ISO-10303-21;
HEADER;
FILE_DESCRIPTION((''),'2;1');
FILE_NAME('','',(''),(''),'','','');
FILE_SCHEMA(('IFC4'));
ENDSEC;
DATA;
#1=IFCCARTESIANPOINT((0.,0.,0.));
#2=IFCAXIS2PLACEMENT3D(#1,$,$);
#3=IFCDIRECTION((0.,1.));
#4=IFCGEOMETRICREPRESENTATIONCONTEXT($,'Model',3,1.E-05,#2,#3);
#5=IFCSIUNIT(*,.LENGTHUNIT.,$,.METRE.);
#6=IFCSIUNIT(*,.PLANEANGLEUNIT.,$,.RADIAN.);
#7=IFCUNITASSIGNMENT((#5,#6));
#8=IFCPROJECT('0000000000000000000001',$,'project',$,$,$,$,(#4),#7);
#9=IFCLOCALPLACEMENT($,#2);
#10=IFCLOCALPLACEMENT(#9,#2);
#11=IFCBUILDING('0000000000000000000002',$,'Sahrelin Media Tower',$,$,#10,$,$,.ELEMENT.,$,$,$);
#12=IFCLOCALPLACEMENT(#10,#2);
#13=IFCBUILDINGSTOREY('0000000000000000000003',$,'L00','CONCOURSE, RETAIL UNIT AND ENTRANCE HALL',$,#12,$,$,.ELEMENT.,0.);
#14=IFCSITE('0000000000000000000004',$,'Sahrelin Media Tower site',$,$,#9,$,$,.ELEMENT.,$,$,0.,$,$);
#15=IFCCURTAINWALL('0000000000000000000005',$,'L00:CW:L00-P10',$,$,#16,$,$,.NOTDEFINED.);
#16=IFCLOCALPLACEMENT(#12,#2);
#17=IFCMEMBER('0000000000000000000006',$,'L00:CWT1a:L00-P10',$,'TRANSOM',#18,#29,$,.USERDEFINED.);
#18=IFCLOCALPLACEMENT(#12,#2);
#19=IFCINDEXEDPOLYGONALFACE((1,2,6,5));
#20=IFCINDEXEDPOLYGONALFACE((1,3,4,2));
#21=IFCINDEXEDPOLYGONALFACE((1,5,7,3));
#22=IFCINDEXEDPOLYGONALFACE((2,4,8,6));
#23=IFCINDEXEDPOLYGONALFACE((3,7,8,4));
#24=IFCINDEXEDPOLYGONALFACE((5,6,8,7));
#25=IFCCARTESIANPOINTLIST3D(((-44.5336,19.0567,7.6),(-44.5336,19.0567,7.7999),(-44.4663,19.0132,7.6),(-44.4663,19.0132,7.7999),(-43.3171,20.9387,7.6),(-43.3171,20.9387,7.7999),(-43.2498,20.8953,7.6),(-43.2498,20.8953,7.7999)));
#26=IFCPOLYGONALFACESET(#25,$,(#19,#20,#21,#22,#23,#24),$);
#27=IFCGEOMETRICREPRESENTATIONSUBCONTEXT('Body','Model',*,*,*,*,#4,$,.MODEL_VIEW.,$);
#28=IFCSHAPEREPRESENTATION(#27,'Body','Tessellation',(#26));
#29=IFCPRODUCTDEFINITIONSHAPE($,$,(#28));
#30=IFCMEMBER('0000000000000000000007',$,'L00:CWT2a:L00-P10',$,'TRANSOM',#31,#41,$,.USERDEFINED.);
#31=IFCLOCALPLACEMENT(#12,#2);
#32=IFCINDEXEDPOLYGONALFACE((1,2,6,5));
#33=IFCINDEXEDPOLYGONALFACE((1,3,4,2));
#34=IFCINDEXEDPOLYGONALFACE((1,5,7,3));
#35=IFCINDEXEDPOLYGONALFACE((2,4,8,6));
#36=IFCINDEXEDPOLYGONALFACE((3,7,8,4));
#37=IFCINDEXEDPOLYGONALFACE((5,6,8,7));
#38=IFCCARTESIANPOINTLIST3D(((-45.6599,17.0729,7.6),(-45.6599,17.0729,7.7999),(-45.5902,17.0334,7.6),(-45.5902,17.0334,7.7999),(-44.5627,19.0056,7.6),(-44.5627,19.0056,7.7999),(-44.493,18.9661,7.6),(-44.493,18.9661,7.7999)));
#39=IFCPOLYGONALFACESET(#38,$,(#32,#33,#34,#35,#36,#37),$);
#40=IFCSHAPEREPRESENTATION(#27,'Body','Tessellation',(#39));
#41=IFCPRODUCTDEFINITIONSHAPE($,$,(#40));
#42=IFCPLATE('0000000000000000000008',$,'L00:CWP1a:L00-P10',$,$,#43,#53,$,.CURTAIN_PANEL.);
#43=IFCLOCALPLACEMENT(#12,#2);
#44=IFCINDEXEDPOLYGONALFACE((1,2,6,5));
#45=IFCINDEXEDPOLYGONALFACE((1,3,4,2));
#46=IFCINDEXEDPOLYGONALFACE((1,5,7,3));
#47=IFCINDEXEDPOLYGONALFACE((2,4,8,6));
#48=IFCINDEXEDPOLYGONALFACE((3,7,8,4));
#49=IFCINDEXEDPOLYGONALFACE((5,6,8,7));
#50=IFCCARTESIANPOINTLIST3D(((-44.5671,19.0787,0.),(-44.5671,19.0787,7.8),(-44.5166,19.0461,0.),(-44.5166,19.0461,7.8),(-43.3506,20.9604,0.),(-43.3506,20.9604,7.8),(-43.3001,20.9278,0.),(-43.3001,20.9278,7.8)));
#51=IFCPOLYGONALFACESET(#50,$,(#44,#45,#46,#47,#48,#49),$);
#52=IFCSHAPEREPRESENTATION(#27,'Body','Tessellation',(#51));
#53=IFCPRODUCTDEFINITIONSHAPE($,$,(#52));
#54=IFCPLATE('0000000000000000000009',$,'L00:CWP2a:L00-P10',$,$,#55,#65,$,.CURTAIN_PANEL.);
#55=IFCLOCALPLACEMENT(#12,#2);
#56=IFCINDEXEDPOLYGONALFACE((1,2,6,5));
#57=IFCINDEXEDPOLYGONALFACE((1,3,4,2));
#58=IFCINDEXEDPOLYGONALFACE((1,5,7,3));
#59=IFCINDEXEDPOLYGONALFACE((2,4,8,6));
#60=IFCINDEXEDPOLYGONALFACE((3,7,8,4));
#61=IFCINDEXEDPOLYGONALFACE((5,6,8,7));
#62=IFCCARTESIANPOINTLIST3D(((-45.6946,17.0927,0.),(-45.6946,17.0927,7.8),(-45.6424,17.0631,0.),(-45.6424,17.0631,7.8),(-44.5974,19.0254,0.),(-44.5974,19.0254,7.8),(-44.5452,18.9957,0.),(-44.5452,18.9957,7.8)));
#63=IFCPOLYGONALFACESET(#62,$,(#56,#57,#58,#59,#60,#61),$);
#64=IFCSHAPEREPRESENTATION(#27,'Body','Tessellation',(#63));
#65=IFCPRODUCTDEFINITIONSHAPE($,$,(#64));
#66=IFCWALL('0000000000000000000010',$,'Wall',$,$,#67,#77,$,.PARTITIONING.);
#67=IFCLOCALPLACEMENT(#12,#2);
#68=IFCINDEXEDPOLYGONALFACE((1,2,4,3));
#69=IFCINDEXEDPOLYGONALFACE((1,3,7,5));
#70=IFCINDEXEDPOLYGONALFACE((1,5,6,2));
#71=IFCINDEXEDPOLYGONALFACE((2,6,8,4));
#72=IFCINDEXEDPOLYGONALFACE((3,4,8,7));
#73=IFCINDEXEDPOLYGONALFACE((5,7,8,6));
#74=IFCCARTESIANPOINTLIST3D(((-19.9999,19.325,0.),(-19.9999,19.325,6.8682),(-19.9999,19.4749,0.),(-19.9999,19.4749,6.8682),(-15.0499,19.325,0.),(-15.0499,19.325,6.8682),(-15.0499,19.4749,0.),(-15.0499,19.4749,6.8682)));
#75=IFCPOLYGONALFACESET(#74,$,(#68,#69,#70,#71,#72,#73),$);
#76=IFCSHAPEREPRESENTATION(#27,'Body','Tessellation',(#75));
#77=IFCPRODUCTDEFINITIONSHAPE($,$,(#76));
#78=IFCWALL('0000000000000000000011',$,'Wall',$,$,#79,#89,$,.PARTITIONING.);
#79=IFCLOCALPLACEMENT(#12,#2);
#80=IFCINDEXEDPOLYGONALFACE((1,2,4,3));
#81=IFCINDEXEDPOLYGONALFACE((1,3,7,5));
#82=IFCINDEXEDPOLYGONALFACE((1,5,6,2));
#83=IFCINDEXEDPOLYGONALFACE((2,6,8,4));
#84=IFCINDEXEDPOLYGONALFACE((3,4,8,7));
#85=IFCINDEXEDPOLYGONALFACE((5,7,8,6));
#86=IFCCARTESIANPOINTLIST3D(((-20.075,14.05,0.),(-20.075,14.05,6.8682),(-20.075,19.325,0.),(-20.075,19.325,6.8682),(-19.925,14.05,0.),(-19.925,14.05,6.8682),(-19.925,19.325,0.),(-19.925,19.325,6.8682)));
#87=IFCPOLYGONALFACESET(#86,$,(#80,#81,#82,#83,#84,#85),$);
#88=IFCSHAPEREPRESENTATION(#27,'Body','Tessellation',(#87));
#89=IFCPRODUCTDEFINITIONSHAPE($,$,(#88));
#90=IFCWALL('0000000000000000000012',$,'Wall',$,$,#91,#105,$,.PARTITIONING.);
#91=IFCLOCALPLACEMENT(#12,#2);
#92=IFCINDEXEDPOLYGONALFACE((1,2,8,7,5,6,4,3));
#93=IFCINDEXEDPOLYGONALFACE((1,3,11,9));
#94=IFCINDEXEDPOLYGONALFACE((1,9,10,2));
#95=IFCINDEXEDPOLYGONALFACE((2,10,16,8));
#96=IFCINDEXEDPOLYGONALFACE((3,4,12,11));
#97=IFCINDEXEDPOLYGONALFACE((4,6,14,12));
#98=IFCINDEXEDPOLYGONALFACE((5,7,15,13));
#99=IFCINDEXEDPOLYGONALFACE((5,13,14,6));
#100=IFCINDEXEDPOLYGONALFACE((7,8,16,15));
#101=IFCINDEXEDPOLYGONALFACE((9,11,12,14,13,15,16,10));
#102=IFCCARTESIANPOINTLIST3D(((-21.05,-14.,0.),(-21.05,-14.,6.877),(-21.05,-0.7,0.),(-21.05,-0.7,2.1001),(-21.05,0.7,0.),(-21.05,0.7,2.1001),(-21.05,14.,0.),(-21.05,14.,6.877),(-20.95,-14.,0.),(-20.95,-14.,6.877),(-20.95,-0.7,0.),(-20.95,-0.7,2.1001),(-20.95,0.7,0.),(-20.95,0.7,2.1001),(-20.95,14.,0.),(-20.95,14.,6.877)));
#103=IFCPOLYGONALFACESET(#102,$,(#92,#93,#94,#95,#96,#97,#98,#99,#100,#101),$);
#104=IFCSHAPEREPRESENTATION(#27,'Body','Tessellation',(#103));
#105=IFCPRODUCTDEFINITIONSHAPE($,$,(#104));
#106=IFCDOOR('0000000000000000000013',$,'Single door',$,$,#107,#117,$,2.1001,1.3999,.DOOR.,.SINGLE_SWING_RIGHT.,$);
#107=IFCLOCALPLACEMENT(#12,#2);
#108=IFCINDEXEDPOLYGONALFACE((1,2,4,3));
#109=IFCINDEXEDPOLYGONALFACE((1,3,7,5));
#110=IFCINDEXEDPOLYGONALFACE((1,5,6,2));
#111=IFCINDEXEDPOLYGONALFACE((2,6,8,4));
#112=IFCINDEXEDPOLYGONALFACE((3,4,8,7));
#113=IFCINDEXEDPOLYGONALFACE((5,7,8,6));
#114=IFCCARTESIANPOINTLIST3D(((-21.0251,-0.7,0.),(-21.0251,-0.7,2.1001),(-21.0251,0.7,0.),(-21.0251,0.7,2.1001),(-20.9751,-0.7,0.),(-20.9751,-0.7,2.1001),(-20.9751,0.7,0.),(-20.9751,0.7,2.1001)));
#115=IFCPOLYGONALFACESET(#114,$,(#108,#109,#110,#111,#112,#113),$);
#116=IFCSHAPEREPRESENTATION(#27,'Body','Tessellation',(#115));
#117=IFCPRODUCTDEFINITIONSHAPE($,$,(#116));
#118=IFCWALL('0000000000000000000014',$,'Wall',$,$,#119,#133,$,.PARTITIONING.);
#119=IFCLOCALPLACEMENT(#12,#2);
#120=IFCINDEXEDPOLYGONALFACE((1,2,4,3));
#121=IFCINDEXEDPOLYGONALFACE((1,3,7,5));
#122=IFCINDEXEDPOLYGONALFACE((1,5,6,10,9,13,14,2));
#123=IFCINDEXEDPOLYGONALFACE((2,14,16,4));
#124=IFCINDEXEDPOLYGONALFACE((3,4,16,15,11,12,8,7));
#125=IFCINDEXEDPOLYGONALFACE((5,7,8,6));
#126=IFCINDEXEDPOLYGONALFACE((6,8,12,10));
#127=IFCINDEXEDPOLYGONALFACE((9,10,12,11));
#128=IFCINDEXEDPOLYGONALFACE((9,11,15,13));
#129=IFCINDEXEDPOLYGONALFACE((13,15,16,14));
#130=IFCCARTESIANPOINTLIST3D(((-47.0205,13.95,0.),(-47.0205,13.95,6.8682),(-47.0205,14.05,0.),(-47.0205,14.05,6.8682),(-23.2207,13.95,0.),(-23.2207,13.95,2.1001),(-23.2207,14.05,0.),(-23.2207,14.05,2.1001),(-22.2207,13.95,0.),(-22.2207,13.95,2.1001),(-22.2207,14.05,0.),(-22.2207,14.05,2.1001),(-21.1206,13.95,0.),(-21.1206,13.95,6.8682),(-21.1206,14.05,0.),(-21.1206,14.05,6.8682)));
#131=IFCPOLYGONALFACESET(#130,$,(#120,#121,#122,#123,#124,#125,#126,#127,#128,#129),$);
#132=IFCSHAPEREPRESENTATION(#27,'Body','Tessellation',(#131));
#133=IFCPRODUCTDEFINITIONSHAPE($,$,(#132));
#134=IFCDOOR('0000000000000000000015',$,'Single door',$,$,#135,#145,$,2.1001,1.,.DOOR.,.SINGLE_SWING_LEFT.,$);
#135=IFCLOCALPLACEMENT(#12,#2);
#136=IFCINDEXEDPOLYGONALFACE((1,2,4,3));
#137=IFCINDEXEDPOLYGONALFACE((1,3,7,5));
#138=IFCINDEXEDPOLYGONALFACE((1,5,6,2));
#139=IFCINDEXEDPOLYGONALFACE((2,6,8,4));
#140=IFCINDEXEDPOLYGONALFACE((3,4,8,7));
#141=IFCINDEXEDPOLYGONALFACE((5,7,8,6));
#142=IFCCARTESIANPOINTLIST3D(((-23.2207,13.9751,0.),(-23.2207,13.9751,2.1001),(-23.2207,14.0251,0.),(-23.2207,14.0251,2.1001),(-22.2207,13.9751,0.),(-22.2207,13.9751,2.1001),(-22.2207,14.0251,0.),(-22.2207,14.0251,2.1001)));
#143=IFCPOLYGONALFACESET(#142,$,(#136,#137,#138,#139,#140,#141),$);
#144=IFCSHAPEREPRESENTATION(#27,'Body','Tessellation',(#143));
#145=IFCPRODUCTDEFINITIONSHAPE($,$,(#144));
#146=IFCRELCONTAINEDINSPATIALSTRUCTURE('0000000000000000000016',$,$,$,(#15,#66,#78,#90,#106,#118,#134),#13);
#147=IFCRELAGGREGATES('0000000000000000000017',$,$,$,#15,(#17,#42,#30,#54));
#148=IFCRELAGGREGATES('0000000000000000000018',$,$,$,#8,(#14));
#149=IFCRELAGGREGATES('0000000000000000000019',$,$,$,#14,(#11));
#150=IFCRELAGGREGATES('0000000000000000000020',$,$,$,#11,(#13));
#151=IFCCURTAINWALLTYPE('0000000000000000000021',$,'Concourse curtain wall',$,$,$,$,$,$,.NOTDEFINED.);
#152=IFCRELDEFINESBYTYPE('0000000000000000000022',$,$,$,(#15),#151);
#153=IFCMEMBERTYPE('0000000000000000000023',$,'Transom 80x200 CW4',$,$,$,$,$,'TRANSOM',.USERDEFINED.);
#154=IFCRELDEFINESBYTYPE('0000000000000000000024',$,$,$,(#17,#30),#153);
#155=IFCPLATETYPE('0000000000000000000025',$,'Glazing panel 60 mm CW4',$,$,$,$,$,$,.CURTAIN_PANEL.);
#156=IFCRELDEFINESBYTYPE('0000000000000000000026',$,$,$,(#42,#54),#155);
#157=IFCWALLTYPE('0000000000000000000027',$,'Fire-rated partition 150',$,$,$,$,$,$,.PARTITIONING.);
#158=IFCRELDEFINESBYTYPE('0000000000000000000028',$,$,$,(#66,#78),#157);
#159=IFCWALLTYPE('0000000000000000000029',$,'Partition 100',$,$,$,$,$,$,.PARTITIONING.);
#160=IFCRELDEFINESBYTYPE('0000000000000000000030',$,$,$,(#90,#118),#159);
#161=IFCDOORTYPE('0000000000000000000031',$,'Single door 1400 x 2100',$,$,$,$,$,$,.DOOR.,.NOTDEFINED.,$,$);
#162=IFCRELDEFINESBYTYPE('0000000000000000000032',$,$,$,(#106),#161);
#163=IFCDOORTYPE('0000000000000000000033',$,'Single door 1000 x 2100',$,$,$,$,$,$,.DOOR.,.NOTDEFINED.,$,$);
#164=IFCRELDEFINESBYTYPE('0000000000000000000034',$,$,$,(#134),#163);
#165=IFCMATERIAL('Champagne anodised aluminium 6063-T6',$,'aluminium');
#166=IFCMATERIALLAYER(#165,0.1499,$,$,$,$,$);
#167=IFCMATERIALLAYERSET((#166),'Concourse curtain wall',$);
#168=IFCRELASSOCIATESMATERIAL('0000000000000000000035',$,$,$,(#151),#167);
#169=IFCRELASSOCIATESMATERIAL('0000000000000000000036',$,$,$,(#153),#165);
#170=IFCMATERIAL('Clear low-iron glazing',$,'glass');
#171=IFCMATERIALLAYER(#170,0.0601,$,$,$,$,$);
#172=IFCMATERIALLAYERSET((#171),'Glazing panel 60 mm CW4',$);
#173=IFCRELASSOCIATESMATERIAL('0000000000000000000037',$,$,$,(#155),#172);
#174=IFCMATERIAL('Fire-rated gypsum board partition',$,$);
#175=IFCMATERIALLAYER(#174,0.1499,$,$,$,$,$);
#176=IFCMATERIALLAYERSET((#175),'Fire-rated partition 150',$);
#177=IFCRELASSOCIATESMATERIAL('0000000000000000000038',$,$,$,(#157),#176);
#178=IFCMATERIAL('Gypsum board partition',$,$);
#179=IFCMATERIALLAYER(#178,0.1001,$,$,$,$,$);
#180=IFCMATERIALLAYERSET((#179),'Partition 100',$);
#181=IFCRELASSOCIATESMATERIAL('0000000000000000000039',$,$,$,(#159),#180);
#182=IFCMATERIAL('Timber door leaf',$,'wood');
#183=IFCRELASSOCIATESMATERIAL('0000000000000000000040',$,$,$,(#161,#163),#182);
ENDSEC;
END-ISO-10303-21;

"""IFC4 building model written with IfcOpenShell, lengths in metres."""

from ifc_helpers import new_model, si_unit, direction, frame, frame_2d, origin, origin_2d, place, context, subcontext, project, spatial, polyline, rectangle, outline, extrude, material, layer, layer_set, material_profile, profile_set, type_object, element, fill, aggregate, save


model = new_model("IFC4")

# Units and contexts
model_context = context("Model", 3, precision=1e-05, world=origin(), true_north=direction((0.0, 1.0)))
body_context = subcontext(model_context, "Body", "Model", "MODEL_VIEW")
ifc_project = project(units=[si_unit("LENGTHUNIT", "METRE"), si_unit("PLANEANGLEUNIT", "RADIAN")], contexts=[model_context])

# Site, building, storey
site_placement = place(None, origin())
site = spatial("IfcSite", under=ifc_project, at=site_placement, Name="Sahrelin Media Tower site", CompositionType="ELEMENT", RefElevation=0.0)
building_placement = place(site_placement, origin())
building = spatial("IfcBuilding", under=site, at=building_placement, Name="Sahrelin Media Tower", CompositionType="ELEMENT")
storey_placement = place(building_placement, origin())
storey = spatial("IfcBuildingStorey", under=building, at=storey_placement, Name="L00", Description="CONCOURSE, RETAIL UNIT AND ENTRANCE HALL", CompositionType="ELEMENT", Elevation=0.0)

# Curtain wall
ifc_material_1 = material(Name="Champagne anodised aluminium 6063-T6", Category="aluminium")
ifc_layer_1 = layer(ifc_material_1, 0.1499)
ifc_layer_set_1 = layer_set([ifc_layer_1], Name="Concourse curtain wall")
curtain_wall_type = type_object("IfcCurtainWallType", Name="Concourse curtain wall", PredefinedType="NOTDEFINED", material=ifc_layer_set_1)
curtain_wall_placement = place(storey_placement, frame((-43.3013, 21.0, 0.0), z_axis=(0.0, 0.0, 1.0), x_axis=(1.0, 0.0, 0.0)))
curtain_wall = element("IfcCurtainWall", 1, at=curtain_wall_placement, inside=storey, type_object=curtain_wall_type, Name="L00:CW:L00-P10", PredefinedType="NOTDEFINED")

# Members
ifc_material_profile_1 = material_profile(ifc_material_1, rectangle(XDim=0.0801, YDim=0.2, at=origin_2d()), Name="Transom 80x200")
ifc_profile_set_1 = profile_set([ifc_material_profile_1], Name="Champagne anodised aluminium 6063-T6")
member_type_1 = type_object("IfcMemberType", Name="Transom 80x200 CW4", ElementType="TRANSOM", PredefinedType="USERDEFINED", material=ifc_profile_set_1)
member_1_placement = place(storey_placement, frame((-43.2834, 20.917, 7.7), z_axis=(-0.542854, -0.839827, 0.0), x_axis=(0.839827, -0.542854, 0.0)))
member_1 = element("IfcMember", 2, at=member_1_placement, type_object=member_type_1, Name="L00:CWT1a:L00-P10", ObjectType="TRANSOM", PredefinedType="USERDEFINED", context=body_context, shape_type="SweptSolid", body=[
    extrude(rectangle(XDim=0.0801, YDim=0.2, at=origin_2d()), origin(), (0.0, 0.0, 1.0), 2.241),
])
member_2_placement = place(storey_placement, frame((-44.5278, 18.9858, 7.7), z_axis=(-0.4937, -0.869632, 0.0), x_axis=(0.869632, -0.4937, 0.0)))
member_2 = element("IfcMember", 3, at=member_2_placement, type_object=member_type_1, Name="L00:CWT2a:L00-P10", ObjectType="TRANSOM", PredefinedType="USERDEFINED", context=body_context, shape_type="SweptSolid", body=[
    extrude(rectangle(XDim=0.0801, YDim=0.2, at=origin_2d()), origin(), (0.0, 0.0, 1.0), 2.2224),
])

# Plates
ifc_material_2 = material(Name="Clear low-iron glazing", Category="glass")
ifc_layer_2 = layer(ifc_material_2, 0.0601)
ifc_layer_set_2 = layer_set([ifc_layer_2], Name="Glazing panel 60 mm CW4")
plate_type = type_object("IfcPlateType", Name="Glazing panel 60 mm CW4", PredefinedType="CURTAIN_PANEL", material=ifc_layer_set_2)
plate_1_placement = place(storey_placement, frame((-43.3506, 20.9604, 0.0), z_axis=(-0.839795, 0.542903, 0.0), x_axis=(-0.542903, -0.839795, 0.0)))
plate_1 = element("IfcPlate", 4, at=plate_1_placement, type_object=plate_type, Name="L00:CWP1a:L00-P10", PredefinedType="CURTAIN_PANEL", context=body_context, shape_type="SweptSolid", body=[
    extrude(outline(polyline([(0.0, 0.0), (2.2407, 0.0), (2.2407, 7.8), (0.0, 7.8), (0.0, 0.0)])), origin(), (0.0, 0.0, -1.0), 0.0601),
])
plate_2_placement = place(storey_placement, frame((-44.5974, 19.0254, 0.0), z_axis=(-0.869632, 0.4937, 0.0), x_axis=(-0.4937, -0.869632, 0.0)))
plate_2 = element("IfcPlate", 5, at=plate_2_placement, type_object=plate_type, Name="L00:CWP2a:L00-P10", PredefinedType="CURTAIN_PANEL", context=body_context, shape_type="SweptSolid", body=[
    extrude(outline(polyline([(0.0, 0.0), (2.2224, 0.0), (2.2224, 7.8), (0.0, 7.8), (0.0, 0.0)])), origin(), (0.0, 0.0, -1.0), 0.0601),
])
aggregate(curtain_wall, [member_1, plate_1, member_2, plate_2])

# Walls
ifc_material_3 = material(Name="Fire-rated gypsum board partition")
ifc_layer_3 = layer(ifc_material_3, 0.1499)
ifc_layer_set_3 = layer_set([ifc_layer_3], Name="Fire-rated partition 150")
wall_type_1 = type_object("IfcWallType", Name="Fire-rated partition 150", PredefinedType="PARTITIONING", material=ifc_layer_set_3)
wall_1_placement = place(storey_placement, frame((-20.0, 19.3999, 0.0), z_axis=(0.0, 0.0, 1.0), x_axis=(1.0, 0.0, 0.0)))
element("IfcWall", 6, at=wall_1_placement, inside=storey, type_object=wall_type_1, Name="Wall", PredefinedType="PARTITIONING", context=body_context, shape_type="SweptSolid", body=[
    extrude(rectangle(XDim=4.95, YDim=0.1499, at=frame_2d((2.4751, 0.0))), origin(), (0.0, 0.0, 1.0), 6.8682),
])
wall_2_placement = place(storey_placement, frame((-20.0, 14.05, 0.0), z_axis=(0.0, 0.0, 1.0), x_axis=(0.0, 1.0, 0.0)))
element("IfcWall", 7, at=wall_2_placement, inside=storey, type_object=wall_type_1, Name="Wall", PredefinedType="PARTITIONING", context=body_context, shape_type="SweptSolid", body=[
    extrude(rectangle(XDim=5.2749, YDim=0.1499, at=frame_2d((2.6375, 0.0))), origin(), (0.0, 0.0, 1.0), 6.8682),
])

# Walls, openings, doors
ifc_material_4 = material(Name="Gypsum board partition")
ifc_layer_4 = layer(ifc_material_4, 0.1001)
ifc_layer_set_4 = layer_set([ifc_layer_4], Name="Partition 100")
wall_type_2 = type_object("IfcWallType", Name="Partition 100", PredefinedType="PARTITIONING", material=ifc_layer_set_4)
wall_3_placement = place(storey_placement, frame((-21.0, 14.0, 0.0), z_axis=(0.0, 0.0, 1.0), x_axis=(0.0, -1.0, 0.0)))
wall_3 = element("IfcWall", 8, at=wall_3_placement, inside=storey, type_object=wall_type_2, Name="Wall", PredefinedType="PARTITIONING", context=body_context, shape_type="SweptSolid", body=[
    extrude(rectangle(XDim=28.0, YDim=0.1001, at=frame_2d((14.0, 0.0))), origin(), (0.0, 0.0, 1.0), 6.877),
])
opening_1_placement = place(wall_3_placement, frame((13.3, 0.0, 0.0)))
opening_1 = element("IfcOpeningElement", 9, at=opening_1_placement, cuts=wall_3, PredefinedType="OPENING", context=body_context, shape_type="SweptSolid", body=[
    extrude(rectangle(XDim=1.3999, YDim=2.1001, at=frame_2d((0.7, 1.05))), frame((0.0, 0.05, 0.0), z_axis=(0.0, -1.0, 0.0), x_axis=(1.0, 0.0, 0.0)), (0.0, 0.0, 1.0), 0.1001),
])
ifc_material_5 = material(Name="Timber door leaf", Category="wood")
door_type_1 = type_object("IfcDoorType", Name="Single door 1400 x 2100", OperationType="NOTDEFINED", PredefinedType="DOOR", material=ifc_material_5)
door_1_placement = place(opening_1_placement, origin())
door_1 = element("IfcDoor", 10, at=door_1_placement, inside=storey, type_object=door_type_1, Name="Single door", OperationType="SINGLE_SWING_RIGHT", OverallHeight=2.1001, OverallWidth=1.3999, PredefinedType="DOOR", context=body_context, shape_type="SweptSolid", body=[
    extrude(rectangle(XDim=1.3999, YDim=2.1001, at=frame_2d((0.7, 1.05))), frame((0.0, 0.0249, 0.0), z_axis=(0.0, -1.0, 0.0), x_axis=(1.0, 0.0, 0.0)), (0.0, 0.0, 1.0), 0.05),
])
fill(opening_1, door_1)
wall_4_placement = place(storey_placement, frame((-21.1206, 14.0, 0.0), z_axis=(0.0, 0.0, 1.0), x_axis=(-1.0, 0.0, 0.0)))
wall_4 = element("IfcWall", 11, at=wall_4_placement, inside=storey, type_object=wall_type_2, Name="Wall", PredefinedType="PARTITIONING", context=body_context, shape_type="SweptSolid", body=[
    extrude(rectangle(XDim=25.8999, YDim=0.1001, at=frame_2d((12.95, 0.0))), origin(), (0.0, 0.0, 1.0), 6.8682),
])
opening_2_placement = place(wall_4_placement, frame((1.1001, 0.0, 0.0)))
opening_2 = element("IfcOpeningElement", 12, at=opening_2_placement, cuts=wall_4, PredefinedType="OPENING", context=body_context, shape_type="SweptSolid", body=[
    extrude(rectangle(XDim=1.0, YDim=2.1001, at=frame_2d((0.5, 1.05))), frame((0.0, 0.05, 0.0), z_axis=(0.0, -1.0, 0.0), x_axis=(1.0, 0.0, 0.0)), (0.0, 0.0, 1.0), 0.1001),
])
door_type_2 = type_object("IfcDoorType", Name="Single door 1000 x 2100", OperationType="NOTDEFINED", PredefinedType="DOOR", material=ifc_material_5)
door_2_placement = place(opening_2_placement, origin())
door_2 = element("IfcDoor", 13, at=door_2_placement, inside=storey, type_object=door_type_2, Name="Single door", OperationType="SINGLE_SWING_LEFT", OverallHeight=2.1001, OverallWidth=1.0, PredefinedType="DOOR", context=body_context, shape_type="SweptSolid", body=[
    extrude(rectangle(XDim=1.0, YDim=2.1001, at=frame_2d((0.5, 1.05))), frame((0.0, 0.0249, 0.0), z_axis=(0.0, -1.0, 0.0), x_axis=(1.0, 0.0, 0.0)), (0.0, 0.0, 1.0), 0.05),
])
fill(opening_2, door_2)

save(model, "model.ifc")
